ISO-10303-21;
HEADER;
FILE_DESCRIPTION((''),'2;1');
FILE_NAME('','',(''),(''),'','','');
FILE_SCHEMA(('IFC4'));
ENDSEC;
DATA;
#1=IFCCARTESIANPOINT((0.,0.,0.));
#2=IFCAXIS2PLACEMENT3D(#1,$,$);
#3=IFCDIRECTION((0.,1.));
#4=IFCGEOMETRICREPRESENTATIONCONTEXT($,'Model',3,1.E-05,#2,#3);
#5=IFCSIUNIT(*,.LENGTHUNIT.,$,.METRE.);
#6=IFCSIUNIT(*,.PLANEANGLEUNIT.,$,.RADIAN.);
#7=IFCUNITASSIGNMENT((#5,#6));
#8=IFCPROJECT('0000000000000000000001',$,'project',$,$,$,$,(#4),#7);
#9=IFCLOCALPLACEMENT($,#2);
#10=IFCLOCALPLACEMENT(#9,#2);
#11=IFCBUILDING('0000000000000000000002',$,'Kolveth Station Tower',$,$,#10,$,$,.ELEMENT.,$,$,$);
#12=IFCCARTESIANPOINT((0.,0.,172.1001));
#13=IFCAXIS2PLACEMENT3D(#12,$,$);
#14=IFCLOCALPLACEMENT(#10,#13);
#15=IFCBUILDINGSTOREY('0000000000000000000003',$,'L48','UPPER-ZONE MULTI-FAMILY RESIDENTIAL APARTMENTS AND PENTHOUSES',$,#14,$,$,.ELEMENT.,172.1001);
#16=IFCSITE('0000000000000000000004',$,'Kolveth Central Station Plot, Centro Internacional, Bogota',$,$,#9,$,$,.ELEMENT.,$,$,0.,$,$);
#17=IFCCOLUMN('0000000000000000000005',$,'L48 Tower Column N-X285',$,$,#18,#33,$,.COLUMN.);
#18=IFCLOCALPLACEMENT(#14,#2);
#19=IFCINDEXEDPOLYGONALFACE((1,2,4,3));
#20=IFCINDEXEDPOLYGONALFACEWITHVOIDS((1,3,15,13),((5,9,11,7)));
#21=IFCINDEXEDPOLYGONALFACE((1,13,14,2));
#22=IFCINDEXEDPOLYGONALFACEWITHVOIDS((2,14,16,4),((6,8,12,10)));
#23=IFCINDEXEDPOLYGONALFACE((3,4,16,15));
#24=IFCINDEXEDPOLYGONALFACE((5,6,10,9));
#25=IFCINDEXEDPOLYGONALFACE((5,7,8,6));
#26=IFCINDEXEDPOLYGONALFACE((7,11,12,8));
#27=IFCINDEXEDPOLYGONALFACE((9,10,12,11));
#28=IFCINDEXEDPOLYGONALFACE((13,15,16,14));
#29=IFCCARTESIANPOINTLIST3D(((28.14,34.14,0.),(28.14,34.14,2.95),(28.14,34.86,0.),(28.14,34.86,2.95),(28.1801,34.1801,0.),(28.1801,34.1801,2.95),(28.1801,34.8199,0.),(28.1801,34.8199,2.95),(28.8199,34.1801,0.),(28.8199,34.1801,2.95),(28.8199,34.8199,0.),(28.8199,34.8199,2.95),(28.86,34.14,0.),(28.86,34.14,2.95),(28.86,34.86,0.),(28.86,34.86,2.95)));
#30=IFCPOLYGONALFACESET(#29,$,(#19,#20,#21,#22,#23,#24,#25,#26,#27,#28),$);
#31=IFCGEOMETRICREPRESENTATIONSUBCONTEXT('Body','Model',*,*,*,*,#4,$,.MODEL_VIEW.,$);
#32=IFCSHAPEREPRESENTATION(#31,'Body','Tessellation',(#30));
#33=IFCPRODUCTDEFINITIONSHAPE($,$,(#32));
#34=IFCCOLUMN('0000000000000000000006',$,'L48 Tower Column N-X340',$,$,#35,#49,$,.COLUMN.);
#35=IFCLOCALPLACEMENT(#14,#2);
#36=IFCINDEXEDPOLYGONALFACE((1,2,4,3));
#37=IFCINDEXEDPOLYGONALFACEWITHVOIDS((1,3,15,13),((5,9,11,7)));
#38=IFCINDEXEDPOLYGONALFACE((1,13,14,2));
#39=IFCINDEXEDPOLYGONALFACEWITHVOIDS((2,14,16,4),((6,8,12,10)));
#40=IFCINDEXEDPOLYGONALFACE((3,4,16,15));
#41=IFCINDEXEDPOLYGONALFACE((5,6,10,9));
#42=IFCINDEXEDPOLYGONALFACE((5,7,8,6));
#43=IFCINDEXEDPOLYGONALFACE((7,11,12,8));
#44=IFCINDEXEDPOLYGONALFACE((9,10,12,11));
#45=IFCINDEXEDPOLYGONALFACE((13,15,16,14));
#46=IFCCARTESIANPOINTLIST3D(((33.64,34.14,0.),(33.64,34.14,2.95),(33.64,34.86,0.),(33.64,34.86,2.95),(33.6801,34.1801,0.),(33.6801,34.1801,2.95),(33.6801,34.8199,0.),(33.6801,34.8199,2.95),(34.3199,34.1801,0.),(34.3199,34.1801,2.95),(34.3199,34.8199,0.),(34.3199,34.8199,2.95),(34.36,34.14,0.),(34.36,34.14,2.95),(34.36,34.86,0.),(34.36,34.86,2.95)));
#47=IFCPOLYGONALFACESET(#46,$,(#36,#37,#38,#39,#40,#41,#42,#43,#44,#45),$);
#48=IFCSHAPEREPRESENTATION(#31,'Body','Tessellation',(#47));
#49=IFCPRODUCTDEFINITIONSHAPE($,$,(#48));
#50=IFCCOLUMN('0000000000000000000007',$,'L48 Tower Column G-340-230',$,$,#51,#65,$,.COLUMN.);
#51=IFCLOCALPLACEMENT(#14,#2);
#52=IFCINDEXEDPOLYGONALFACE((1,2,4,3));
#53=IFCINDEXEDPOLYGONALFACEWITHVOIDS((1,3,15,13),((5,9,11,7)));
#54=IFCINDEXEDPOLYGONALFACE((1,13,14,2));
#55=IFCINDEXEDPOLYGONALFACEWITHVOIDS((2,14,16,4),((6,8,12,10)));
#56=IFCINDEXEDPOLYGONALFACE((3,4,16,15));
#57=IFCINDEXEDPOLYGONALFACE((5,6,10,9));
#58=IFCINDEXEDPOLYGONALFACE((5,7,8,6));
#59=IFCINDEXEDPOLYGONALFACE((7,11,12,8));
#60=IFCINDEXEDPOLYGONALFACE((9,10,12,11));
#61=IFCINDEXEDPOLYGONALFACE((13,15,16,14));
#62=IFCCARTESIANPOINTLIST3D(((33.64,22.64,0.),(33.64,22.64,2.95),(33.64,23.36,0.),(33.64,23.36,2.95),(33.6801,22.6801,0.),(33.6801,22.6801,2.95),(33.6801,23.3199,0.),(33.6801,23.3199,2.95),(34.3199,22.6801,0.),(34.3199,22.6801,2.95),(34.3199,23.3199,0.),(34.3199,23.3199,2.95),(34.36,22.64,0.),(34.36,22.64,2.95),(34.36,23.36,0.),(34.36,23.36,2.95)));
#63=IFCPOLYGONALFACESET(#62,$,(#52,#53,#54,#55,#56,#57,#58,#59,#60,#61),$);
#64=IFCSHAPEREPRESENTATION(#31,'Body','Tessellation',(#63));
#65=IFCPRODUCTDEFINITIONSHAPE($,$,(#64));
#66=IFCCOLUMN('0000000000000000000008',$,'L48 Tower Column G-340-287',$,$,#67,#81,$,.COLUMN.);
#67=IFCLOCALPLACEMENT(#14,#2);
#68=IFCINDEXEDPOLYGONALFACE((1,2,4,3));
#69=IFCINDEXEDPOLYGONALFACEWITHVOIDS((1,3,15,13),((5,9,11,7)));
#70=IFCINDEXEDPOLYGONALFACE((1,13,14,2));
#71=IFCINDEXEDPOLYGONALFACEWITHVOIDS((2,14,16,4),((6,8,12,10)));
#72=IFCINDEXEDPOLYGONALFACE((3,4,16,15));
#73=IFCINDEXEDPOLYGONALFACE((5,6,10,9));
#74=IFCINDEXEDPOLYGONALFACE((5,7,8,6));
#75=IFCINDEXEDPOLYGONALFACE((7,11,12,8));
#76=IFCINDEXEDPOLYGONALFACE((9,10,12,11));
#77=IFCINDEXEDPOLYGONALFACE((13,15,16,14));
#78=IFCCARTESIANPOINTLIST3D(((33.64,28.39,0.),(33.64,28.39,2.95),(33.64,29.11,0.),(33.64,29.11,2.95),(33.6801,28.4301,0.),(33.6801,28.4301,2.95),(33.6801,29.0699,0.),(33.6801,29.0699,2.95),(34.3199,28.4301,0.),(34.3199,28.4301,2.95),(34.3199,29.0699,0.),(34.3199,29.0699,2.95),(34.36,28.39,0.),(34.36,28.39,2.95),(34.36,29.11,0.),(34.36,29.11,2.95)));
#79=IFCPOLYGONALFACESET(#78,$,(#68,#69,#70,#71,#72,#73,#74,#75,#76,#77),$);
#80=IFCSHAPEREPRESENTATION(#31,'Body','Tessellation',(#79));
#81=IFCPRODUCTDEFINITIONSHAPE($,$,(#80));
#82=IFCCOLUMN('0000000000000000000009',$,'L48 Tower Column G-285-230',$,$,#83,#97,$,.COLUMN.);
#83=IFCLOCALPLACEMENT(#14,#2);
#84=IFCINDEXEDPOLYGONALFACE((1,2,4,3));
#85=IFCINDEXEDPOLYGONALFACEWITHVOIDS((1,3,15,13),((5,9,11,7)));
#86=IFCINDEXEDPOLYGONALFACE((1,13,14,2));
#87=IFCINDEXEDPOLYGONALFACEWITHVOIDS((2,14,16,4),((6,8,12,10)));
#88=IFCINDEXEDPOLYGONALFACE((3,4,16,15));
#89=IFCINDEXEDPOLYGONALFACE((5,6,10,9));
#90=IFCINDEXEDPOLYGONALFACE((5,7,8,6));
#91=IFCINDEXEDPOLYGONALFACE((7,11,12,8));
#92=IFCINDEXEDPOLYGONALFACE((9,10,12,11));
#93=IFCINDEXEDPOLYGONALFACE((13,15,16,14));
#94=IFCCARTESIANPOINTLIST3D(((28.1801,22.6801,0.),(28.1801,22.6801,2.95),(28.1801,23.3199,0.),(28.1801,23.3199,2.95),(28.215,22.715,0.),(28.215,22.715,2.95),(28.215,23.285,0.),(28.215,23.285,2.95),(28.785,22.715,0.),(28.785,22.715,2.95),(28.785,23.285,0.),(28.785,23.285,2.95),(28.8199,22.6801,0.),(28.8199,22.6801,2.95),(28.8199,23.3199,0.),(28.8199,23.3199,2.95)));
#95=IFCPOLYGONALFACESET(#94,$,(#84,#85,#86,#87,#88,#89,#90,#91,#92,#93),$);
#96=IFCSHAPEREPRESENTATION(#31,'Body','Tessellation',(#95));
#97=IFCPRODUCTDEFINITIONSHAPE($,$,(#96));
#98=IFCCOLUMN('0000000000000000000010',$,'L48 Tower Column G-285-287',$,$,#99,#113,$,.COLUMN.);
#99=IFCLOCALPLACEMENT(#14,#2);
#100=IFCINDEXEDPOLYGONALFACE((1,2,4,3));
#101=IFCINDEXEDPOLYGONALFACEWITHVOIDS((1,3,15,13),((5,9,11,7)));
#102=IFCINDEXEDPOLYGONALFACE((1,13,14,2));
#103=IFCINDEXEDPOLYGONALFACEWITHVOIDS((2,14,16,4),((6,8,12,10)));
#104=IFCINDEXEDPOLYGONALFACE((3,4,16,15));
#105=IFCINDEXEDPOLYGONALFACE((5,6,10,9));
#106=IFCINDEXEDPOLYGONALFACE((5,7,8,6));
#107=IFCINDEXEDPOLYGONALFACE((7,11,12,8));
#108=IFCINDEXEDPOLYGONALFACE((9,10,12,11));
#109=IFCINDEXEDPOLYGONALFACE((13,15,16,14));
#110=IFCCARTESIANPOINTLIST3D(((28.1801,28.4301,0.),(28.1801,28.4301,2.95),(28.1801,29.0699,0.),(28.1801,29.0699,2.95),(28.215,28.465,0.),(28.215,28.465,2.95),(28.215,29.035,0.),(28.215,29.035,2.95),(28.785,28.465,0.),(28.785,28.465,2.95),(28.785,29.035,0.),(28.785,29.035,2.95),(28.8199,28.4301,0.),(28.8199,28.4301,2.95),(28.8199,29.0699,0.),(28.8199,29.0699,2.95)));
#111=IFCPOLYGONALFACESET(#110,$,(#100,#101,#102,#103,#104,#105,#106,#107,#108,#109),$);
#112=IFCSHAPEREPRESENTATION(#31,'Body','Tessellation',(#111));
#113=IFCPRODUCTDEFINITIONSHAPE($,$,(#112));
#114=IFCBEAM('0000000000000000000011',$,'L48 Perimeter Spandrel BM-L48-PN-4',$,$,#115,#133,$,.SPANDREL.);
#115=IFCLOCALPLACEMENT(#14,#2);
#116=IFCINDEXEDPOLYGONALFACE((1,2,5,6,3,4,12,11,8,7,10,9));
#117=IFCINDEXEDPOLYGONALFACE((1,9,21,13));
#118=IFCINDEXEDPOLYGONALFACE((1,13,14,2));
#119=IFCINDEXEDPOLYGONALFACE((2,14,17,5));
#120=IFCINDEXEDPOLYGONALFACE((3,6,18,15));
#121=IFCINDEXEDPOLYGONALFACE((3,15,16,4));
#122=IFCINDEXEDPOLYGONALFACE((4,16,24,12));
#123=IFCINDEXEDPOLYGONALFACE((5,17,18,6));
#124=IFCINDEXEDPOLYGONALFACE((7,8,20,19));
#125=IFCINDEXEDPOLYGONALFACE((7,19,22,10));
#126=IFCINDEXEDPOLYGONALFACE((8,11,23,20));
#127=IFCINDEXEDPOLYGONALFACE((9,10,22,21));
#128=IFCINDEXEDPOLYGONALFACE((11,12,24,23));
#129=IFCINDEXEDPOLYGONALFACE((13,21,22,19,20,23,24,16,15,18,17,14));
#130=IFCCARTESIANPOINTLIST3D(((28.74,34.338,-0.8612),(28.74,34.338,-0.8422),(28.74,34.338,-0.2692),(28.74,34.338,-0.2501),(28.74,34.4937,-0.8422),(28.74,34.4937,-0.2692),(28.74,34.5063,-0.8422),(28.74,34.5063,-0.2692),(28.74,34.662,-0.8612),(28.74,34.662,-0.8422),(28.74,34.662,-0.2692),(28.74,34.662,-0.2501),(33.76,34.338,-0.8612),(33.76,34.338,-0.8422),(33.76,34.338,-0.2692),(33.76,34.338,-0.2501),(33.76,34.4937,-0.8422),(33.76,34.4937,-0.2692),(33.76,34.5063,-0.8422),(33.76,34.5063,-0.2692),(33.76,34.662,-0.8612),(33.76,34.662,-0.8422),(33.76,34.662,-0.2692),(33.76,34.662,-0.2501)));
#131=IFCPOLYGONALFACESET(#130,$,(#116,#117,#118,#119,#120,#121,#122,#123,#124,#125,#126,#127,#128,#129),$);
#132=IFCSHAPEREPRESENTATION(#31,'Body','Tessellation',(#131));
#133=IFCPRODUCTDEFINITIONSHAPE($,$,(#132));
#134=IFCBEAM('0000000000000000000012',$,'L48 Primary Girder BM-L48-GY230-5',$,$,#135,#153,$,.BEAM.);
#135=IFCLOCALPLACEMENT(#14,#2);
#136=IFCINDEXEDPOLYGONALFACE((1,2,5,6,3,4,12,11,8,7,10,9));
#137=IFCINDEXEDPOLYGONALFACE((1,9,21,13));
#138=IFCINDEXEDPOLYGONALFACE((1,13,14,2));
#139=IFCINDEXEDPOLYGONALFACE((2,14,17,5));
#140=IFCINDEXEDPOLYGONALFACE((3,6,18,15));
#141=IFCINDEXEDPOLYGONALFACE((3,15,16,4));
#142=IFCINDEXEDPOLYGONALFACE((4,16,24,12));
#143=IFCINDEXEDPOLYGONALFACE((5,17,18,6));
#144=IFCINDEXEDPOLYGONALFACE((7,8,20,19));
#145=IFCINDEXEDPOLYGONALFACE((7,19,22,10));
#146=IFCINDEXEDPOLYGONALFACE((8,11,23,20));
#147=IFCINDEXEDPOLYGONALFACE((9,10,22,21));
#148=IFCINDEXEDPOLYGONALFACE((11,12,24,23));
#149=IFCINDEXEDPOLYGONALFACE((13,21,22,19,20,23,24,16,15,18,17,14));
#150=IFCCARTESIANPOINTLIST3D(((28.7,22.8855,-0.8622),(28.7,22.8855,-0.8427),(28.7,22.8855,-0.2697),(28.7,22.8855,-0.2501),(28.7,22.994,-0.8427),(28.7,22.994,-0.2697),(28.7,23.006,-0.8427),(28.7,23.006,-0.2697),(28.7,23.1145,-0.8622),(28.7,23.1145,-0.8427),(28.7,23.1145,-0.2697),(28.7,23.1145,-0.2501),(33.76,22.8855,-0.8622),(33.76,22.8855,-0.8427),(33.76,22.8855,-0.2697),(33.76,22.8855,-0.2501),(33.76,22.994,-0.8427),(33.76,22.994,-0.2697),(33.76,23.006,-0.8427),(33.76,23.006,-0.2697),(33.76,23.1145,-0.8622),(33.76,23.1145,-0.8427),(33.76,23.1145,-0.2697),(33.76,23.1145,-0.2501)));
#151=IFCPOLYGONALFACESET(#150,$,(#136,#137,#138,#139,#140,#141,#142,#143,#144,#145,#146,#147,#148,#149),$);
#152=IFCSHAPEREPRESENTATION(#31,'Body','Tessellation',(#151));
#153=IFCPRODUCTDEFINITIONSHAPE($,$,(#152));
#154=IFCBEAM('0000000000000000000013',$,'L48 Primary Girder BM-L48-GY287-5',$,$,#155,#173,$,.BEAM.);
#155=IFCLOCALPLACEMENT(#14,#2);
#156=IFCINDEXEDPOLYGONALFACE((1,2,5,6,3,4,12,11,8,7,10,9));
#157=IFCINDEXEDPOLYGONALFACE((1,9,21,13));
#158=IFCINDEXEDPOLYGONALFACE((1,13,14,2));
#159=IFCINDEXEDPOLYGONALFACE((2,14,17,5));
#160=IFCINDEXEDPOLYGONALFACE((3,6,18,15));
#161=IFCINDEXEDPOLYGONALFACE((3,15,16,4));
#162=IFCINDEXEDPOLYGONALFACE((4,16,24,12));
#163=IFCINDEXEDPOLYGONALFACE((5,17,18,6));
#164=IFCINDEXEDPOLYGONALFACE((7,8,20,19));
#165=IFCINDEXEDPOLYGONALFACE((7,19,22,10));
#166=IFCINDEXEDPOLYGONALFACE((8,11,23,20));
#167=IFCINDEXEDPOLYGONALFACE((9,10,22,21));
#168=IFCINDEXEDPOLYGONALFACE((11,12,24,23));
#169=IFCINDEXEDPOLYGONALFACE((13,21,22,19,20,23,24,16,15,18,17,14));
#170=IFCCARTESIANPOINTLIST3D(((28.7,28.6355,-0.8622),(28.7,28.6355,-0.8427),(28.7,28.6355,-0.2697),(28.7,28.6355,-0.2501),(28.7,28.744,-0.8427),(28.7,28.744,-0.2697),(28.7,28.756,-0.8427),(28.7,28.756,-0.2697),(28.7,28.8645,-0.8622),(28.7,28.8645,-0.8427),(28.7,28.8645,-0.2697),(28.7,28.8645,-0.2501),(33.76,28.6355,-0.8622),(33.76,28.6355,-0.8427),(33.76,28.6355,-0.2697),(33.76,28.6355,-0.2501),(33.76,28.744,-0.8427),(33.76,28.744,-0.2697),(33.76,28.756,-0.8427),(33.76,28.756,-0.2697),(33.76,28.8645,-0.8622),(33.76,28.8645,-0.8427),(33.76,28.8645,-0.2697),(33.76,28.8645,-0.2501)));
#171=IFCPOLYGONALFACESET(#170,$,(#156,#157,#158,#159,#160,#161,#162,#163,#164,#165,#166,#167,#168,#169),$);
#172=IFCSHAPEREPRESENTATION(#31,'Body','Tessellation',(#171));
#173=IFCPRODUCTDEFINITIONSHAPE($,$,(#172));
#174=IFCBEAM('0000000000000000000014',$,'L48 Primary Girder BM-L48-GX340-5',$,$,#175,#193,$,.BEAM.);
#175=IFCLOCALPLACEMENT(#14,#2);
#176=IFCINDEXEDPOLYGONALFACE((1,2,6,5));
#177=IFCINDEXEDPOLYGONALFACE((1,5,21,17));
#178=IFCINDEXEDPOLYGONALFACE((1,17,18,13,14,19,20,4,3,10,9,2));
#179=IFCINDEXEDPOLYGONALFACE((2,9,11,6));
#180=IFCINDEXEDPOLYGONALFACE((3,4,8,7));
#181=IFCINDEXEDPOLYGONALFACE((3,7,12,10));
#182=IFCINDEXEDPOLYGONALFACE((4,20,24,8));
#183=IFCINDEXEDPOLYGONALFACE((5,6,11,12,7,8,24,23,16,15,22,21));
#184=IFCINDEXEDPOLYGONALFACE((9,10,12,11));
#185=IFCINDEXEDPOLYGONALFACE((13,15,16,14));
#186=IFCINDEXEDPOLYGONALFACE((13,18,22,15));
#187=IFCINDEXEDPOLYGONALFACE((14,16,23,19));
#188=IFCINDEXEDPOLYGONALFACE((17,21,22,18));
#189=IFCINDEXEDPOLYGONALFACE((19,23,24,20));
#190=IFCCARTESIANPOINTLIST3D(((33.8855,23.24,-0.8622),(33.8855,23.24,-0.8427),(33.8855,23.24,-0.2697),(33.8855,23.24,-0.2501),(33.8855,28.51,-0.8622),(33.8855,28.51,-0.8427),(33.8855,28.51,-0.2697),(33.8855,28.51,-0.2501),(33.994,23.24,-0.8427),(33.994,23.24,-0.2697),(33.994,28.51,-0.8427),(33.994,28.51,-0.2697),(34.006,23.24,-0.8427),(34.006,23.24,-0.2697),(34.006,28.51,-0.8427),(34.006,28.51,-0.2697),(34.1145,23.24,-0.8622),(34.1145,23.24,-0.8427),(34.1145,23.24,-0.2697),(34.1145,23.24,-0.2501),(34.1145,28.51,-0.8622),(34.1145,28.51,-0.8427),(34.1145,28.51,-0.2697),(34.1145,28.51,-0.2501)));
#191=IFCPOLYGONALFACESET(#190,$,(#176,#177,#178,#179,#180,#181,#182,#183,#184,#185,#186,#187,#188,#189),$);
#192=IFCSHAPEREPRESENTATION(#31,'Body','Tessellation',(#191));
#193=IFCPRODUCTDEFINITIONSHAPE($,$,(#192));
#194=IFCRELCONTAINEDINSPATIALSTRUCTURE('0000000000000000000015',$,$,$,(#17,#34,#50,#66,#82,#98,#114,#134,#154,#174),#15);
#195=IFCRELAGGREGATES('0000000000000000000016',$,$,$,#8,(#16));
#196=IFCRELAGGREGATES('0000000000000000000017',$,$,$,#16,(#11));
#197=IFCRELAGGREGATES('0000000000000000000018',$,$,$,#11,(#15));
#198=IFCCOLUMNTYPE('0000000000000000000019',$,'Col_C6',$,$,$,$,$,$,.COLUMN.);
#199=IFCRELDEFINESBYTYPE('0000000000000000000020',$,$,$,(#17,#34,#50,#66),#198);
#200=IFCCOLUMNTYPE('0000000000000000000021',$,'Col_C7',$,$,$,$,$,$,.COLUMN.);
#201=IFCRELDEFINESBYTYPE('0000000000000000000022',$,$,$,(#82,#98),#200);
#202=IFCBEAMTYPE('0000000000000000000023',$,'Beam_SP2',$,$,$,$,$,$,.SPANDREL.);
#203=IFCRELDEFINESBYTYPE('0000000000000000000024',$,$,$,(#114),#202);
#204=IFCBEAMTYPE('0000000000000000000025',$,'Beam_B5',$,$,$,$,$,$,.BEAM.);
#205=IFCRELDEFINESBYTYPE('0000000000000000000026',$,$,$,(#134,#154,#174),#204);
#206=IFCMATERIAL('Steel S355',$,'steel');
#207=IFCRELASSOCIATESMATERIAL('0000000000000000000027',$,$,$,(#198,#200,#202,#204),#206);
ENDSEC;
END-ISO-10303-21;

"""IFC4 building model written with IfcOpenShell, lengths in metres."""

from ifc_helpers import new_model, si_unit, direction, frame, origin, origin_2d, place, context, subcontext, project, spatial, hollow_rectangle, i_section, extrude, source, transform, mapped, material, material_profile, profile_set, type_object, element, save


model = new_model("IFC4")

# Units and contexts
model_context = context("Model", 3, precision=1e-05, world=origin(), true_north=direction((0.0, 1.0)))
body_context = subcontext(model_context, "Body", "Model", "MODEL_VIEW")
ifc_project = project(units=[si_unit("LENGTHUNIT", "METRE"), si_unit("PLANEANGLEUNIT", "RADIAN")], contexts=[model_context])

# Site, building, storey
site_placement = place(None, origin())
site = spatial("IfcSite", under=ifc_project, at=site_placement, Name="Kolveth Central Station Plot, Centro Internacional, Bogota", CompositionType="ELEMENT", RefElevation=0.0)
building_placement = place(site_placement, origin())
building = spatial("IfcBuilding", under=site, at=building_placement, Name="Kolveth Station Tower", CompositionType="ELEMENT")
storey_placement = place(building_placement, frame((0.0, 0.0, 172.1001)))
storey = spatial("IfcBuildingStorey", under=building, at=storey_placement, Name="L48", Description="UPPER-ZONE MULTI-FAMILY RESIDENTIAL APARTMENTS AND PENTHOUSES", CompositionType="ELEMENT", Elevation=172.1001)

# Columns
ifc_material_1 = material(Name="Steel S355", Category="steel")
ifc_material_profile_1 = material_profile(ifc_material_1, hollow_rectangle(XDim=0.72, YDim=0.72, WallThickness=0.04, at=origin_2d()), Name="BOX720x720x40")
ifc_profile_set_1 = profile_set([ifc_material_profile_1], Name="Steel S355")
column_type_1 = type_object("IfcColumnType", Name="Col_C6", PredefinedType="COLUMN", material=ifc_profile_set_1)
shared_shape_1 = source(origin(), body_context, "Body", "SweptSolid", [
    extrude(hollow_rectangle(XDim=0.72, YDim=0.72, WallThickness=0.04, at=origin_2d()), origin(), (0.0, 0.0, 1.0), 2.95),
])
for number, where, z_axis, x_axis, name in (
    (1, (28.5, 34.5, 0.0), (0.0, 0.0, 1.0), (1.0, 0.0, 0.0), "L48 Tower Column N-X285"),
    (2, (34.0, 34.5, 0.0), (0.0, 0.0, 1.0), (1.0, 0.0, 0.0), "L48 Tower Column N-X340"),
    (3, (34.0, 23.0, 0.0), (0.0, 0.0, 1.0), (1.0, 0.0, 0.0), "L48 Tower Column G-340-230"),
    (4, (34.0, 28.75, 0.0), (0.0, 0.0, 1.0), (1.0, 0.0, 0.0), "L48 Tower Column G-340-287"),
):
    element("IfcColumn", number, at=place(storey_placement, frame(where, z_axis=z_axis, x_axis=x_axis)), inside=storey, type_object=column_type_1, Name=name, PredefinedType="COLUMN", context=body_context, shape_type="MappedRepresentation", body=[
        mapped(shared_shape_1, transform((0.0, 0.0, 0.0), x_axis=(1.0, 0.0, 0.0), y_axis=(0.0, 1.0, 0.0), z_axis=(0.0, 0.0, 1.0), scale=1.0)),
    ])
ifc_material_profile_2 = material_profile(ifc_material_1, hollow_rectangle(XDim=0.6399, YDim=0.6399, WallThickness=0.0349, at=origin_2d()), Name="BOX640x640x35")
ifc_profile_set_2 = profile_set([ifc_material_profile_2], Name="Steel S355")
column_type_2 = type_object("IfcColumnType", Name="Col_C7", PredefinedType="COLUMN", material=ifc_profile_set_2)
shared_shape_2 = source(origin(), body_context, "Body", "SweptSolid", [
    extrude(hollow_rectangle(XDim=0.6399, YDim=0.6399, WallThickness=0.0349, at=origin_2d()), origin(), (0.0, 0.0, 1.0), 2.95),
])
for number, where, z_axis, x_axis, name in (
    (5, (28.5, 23.0, 0.0), (0.0, 0.0, 1.0), (1.0, 0.0, 0.0), "L48 Tower Column G-285-230"),
    (6, (28.5, 28.75, 0.0), (0.0, 0.0, 1.0), (1.0, 0.0, 0.0), "L48 Tower Column G-285-287"),
):
    element("IfcColumn", number, at=place(storey_placement, frame(where, z_axis=z_axis, x_axis=x_axis)), inside=storey, type_object=column_type_2, Name=name, PredefinedType="COLUMN", context=body_context, shape_type="MappedRepresentation", body=[
        mapped(shared_shape_2, transform((0.0, 0.0, 0.0), x_axis=(1.0, 0.0, 0.0), y_axis=(0.0, 1.0, 0.0), z_axis=(0.0, 0.0, 1.0), scale=1.0)),
    ])

# Beams
ifc_material_profile_3 = material_profile(ifc_material_1, i_section(OverallWidth=0.324, OverallDepth=0.6111, WebThickness=0.0127, FlangeThickness=0.019, at=origin_2d()), Name="W610x155")
ifc_profile_set_3 = profile_set([ifc_material_profile_3], Name="Steel S355")
beam_type_1 = type_object("IfcBeamType", Name="Beam_SP2", PredefinedType="SPANDREL", material=ifc_profile_set_3)
shared_shape_3 = source(origin(), body_context, "Body", "SweptSolid", [
    extrude(i_section(OverallWidth=0.324, OverallDepth=0.6111, WebThickness=0.0127, FlangeThickness=0.019, at=origin_2d()), origin(), (0.0, 0.0, 1.0), 5.02),
])
beam_1_placement = place(storey_placement, frame((28.74, 34.5, -0.5557), z_axis=(1.0, 0.0, 0.0), x_axis=(0.0, 1.0, 0.0)))
element("IfcBeam", 7, at=beam_1_placement, inside=storey, type_object=beam_type_1, Name="L48 Perimeter Spandrel BM-L48-PN-4", PredefinedType="SPANDREL", context=body_context, shape_type="MappedRepresentation", body=[
    mapped(shared_shape_3, transform((0.0, 0.0, 0.0), x_axis=(1.0, 0.0, 0.0), y_axis=(0.0, 1.0, 0.0), z_axis=(0.0, 0.0, 1.0), scale=1.0)),
])
ifc_material_profile_4 = material_profile(ifc_material_1, i_section(OverallWidth=0.229, OverallDepth=0.6121, WebThickness=0.012, FlangeThickness=0.0195, at=origin_2d()), Name="W610x125")
ifc_profile_set_4 = profile_set([ifc_material_profile_4], Name="Steel S355")
beam_type_2 = type_object("IfcBeamType", Name="Beam_B5", PredefinedType="BEAM", material=ifc_profile_set_4)
shared_shape_4 = source(origin(), body_context, "Body", "SweptSolid", [
    extrude(i_section(OverallWidth=0.229, OverallDepth=0.6121, WebThickness=0.012, FlangeThickness=0.0195, at=origin_2d()), origin(), (0.0, 0.0, 1.0), 5.0601),
])
for number, where, z_axis, x_axis, name in (
    (8, (28.7, 23.0, -0.5562), (1.0, 0.0, 0.0), (0.0, 1.0, 0.0), "L48 Primary Girder BM-L48-GY230-5"),
    (9, (28.7, 28.75, -0.5562), (1.0, 0.0, 0.0), (0.0, 1.0, 0.0), "L48 Primary Girder BM-L48-GY287-5"),
):
    element("IfcBeam", number, at=place(storey_placement, frame(where, z_axis=z_axis, x_axis=x_axis)), inside=storey, type_object=beam_type_2, Name=name, PredefinedType="BEAM", context=body_context, shape_type="MappedRepresentation", body=[
        mapped(shared_shape_4, transform((0.0, 0.0, 0.0), x_axis=(1.0, 0.0, 0.0), y_axis=(0.0, 1.0, 0.0), z_axis=(0.0, 0.0, 1.0), scale=1.0)),
    ])
shared_shape_5 = source(origin(), body_context, "Body", "SweptSolid", [
    extrude(i_section(OverallWidth=0.229, OverallDepth=0.6121, WebThickness=0.012, FlangeThickness=0.0195, at=origin_2d()), origin(), (0.0, 0.0, 1.0), 5.27),
])
for number, where, z_axis, x_axis, name in (
    (10, (34.0, 23.24, -0.5562), (0.0, 1.0, 0.0), (-1.0, 0.0, 0.0), "L48 Primary Girder BM-L48-GX340-5"),
):
    element("IfcBeam", number, at=place(storey_placement, frame(where, z_axis=z_axis, x_axis=x_axis)), inside=storey, type_object=beam_type_2, Name=name, PredefinedType="BEAM", context=body_context, shape_type="MappedRepresentation", body=[
        mapped(shared_shape_5, transform((0.0, 0.0, 0.0), x_axis=(1.0, 0.0, 0.0), y_axis=(0.0, 1.0, 0.0), z_axis=(0.0, 0.0, 1.0), scale=1.0)),
    ])

save(model, "model.ifc")
